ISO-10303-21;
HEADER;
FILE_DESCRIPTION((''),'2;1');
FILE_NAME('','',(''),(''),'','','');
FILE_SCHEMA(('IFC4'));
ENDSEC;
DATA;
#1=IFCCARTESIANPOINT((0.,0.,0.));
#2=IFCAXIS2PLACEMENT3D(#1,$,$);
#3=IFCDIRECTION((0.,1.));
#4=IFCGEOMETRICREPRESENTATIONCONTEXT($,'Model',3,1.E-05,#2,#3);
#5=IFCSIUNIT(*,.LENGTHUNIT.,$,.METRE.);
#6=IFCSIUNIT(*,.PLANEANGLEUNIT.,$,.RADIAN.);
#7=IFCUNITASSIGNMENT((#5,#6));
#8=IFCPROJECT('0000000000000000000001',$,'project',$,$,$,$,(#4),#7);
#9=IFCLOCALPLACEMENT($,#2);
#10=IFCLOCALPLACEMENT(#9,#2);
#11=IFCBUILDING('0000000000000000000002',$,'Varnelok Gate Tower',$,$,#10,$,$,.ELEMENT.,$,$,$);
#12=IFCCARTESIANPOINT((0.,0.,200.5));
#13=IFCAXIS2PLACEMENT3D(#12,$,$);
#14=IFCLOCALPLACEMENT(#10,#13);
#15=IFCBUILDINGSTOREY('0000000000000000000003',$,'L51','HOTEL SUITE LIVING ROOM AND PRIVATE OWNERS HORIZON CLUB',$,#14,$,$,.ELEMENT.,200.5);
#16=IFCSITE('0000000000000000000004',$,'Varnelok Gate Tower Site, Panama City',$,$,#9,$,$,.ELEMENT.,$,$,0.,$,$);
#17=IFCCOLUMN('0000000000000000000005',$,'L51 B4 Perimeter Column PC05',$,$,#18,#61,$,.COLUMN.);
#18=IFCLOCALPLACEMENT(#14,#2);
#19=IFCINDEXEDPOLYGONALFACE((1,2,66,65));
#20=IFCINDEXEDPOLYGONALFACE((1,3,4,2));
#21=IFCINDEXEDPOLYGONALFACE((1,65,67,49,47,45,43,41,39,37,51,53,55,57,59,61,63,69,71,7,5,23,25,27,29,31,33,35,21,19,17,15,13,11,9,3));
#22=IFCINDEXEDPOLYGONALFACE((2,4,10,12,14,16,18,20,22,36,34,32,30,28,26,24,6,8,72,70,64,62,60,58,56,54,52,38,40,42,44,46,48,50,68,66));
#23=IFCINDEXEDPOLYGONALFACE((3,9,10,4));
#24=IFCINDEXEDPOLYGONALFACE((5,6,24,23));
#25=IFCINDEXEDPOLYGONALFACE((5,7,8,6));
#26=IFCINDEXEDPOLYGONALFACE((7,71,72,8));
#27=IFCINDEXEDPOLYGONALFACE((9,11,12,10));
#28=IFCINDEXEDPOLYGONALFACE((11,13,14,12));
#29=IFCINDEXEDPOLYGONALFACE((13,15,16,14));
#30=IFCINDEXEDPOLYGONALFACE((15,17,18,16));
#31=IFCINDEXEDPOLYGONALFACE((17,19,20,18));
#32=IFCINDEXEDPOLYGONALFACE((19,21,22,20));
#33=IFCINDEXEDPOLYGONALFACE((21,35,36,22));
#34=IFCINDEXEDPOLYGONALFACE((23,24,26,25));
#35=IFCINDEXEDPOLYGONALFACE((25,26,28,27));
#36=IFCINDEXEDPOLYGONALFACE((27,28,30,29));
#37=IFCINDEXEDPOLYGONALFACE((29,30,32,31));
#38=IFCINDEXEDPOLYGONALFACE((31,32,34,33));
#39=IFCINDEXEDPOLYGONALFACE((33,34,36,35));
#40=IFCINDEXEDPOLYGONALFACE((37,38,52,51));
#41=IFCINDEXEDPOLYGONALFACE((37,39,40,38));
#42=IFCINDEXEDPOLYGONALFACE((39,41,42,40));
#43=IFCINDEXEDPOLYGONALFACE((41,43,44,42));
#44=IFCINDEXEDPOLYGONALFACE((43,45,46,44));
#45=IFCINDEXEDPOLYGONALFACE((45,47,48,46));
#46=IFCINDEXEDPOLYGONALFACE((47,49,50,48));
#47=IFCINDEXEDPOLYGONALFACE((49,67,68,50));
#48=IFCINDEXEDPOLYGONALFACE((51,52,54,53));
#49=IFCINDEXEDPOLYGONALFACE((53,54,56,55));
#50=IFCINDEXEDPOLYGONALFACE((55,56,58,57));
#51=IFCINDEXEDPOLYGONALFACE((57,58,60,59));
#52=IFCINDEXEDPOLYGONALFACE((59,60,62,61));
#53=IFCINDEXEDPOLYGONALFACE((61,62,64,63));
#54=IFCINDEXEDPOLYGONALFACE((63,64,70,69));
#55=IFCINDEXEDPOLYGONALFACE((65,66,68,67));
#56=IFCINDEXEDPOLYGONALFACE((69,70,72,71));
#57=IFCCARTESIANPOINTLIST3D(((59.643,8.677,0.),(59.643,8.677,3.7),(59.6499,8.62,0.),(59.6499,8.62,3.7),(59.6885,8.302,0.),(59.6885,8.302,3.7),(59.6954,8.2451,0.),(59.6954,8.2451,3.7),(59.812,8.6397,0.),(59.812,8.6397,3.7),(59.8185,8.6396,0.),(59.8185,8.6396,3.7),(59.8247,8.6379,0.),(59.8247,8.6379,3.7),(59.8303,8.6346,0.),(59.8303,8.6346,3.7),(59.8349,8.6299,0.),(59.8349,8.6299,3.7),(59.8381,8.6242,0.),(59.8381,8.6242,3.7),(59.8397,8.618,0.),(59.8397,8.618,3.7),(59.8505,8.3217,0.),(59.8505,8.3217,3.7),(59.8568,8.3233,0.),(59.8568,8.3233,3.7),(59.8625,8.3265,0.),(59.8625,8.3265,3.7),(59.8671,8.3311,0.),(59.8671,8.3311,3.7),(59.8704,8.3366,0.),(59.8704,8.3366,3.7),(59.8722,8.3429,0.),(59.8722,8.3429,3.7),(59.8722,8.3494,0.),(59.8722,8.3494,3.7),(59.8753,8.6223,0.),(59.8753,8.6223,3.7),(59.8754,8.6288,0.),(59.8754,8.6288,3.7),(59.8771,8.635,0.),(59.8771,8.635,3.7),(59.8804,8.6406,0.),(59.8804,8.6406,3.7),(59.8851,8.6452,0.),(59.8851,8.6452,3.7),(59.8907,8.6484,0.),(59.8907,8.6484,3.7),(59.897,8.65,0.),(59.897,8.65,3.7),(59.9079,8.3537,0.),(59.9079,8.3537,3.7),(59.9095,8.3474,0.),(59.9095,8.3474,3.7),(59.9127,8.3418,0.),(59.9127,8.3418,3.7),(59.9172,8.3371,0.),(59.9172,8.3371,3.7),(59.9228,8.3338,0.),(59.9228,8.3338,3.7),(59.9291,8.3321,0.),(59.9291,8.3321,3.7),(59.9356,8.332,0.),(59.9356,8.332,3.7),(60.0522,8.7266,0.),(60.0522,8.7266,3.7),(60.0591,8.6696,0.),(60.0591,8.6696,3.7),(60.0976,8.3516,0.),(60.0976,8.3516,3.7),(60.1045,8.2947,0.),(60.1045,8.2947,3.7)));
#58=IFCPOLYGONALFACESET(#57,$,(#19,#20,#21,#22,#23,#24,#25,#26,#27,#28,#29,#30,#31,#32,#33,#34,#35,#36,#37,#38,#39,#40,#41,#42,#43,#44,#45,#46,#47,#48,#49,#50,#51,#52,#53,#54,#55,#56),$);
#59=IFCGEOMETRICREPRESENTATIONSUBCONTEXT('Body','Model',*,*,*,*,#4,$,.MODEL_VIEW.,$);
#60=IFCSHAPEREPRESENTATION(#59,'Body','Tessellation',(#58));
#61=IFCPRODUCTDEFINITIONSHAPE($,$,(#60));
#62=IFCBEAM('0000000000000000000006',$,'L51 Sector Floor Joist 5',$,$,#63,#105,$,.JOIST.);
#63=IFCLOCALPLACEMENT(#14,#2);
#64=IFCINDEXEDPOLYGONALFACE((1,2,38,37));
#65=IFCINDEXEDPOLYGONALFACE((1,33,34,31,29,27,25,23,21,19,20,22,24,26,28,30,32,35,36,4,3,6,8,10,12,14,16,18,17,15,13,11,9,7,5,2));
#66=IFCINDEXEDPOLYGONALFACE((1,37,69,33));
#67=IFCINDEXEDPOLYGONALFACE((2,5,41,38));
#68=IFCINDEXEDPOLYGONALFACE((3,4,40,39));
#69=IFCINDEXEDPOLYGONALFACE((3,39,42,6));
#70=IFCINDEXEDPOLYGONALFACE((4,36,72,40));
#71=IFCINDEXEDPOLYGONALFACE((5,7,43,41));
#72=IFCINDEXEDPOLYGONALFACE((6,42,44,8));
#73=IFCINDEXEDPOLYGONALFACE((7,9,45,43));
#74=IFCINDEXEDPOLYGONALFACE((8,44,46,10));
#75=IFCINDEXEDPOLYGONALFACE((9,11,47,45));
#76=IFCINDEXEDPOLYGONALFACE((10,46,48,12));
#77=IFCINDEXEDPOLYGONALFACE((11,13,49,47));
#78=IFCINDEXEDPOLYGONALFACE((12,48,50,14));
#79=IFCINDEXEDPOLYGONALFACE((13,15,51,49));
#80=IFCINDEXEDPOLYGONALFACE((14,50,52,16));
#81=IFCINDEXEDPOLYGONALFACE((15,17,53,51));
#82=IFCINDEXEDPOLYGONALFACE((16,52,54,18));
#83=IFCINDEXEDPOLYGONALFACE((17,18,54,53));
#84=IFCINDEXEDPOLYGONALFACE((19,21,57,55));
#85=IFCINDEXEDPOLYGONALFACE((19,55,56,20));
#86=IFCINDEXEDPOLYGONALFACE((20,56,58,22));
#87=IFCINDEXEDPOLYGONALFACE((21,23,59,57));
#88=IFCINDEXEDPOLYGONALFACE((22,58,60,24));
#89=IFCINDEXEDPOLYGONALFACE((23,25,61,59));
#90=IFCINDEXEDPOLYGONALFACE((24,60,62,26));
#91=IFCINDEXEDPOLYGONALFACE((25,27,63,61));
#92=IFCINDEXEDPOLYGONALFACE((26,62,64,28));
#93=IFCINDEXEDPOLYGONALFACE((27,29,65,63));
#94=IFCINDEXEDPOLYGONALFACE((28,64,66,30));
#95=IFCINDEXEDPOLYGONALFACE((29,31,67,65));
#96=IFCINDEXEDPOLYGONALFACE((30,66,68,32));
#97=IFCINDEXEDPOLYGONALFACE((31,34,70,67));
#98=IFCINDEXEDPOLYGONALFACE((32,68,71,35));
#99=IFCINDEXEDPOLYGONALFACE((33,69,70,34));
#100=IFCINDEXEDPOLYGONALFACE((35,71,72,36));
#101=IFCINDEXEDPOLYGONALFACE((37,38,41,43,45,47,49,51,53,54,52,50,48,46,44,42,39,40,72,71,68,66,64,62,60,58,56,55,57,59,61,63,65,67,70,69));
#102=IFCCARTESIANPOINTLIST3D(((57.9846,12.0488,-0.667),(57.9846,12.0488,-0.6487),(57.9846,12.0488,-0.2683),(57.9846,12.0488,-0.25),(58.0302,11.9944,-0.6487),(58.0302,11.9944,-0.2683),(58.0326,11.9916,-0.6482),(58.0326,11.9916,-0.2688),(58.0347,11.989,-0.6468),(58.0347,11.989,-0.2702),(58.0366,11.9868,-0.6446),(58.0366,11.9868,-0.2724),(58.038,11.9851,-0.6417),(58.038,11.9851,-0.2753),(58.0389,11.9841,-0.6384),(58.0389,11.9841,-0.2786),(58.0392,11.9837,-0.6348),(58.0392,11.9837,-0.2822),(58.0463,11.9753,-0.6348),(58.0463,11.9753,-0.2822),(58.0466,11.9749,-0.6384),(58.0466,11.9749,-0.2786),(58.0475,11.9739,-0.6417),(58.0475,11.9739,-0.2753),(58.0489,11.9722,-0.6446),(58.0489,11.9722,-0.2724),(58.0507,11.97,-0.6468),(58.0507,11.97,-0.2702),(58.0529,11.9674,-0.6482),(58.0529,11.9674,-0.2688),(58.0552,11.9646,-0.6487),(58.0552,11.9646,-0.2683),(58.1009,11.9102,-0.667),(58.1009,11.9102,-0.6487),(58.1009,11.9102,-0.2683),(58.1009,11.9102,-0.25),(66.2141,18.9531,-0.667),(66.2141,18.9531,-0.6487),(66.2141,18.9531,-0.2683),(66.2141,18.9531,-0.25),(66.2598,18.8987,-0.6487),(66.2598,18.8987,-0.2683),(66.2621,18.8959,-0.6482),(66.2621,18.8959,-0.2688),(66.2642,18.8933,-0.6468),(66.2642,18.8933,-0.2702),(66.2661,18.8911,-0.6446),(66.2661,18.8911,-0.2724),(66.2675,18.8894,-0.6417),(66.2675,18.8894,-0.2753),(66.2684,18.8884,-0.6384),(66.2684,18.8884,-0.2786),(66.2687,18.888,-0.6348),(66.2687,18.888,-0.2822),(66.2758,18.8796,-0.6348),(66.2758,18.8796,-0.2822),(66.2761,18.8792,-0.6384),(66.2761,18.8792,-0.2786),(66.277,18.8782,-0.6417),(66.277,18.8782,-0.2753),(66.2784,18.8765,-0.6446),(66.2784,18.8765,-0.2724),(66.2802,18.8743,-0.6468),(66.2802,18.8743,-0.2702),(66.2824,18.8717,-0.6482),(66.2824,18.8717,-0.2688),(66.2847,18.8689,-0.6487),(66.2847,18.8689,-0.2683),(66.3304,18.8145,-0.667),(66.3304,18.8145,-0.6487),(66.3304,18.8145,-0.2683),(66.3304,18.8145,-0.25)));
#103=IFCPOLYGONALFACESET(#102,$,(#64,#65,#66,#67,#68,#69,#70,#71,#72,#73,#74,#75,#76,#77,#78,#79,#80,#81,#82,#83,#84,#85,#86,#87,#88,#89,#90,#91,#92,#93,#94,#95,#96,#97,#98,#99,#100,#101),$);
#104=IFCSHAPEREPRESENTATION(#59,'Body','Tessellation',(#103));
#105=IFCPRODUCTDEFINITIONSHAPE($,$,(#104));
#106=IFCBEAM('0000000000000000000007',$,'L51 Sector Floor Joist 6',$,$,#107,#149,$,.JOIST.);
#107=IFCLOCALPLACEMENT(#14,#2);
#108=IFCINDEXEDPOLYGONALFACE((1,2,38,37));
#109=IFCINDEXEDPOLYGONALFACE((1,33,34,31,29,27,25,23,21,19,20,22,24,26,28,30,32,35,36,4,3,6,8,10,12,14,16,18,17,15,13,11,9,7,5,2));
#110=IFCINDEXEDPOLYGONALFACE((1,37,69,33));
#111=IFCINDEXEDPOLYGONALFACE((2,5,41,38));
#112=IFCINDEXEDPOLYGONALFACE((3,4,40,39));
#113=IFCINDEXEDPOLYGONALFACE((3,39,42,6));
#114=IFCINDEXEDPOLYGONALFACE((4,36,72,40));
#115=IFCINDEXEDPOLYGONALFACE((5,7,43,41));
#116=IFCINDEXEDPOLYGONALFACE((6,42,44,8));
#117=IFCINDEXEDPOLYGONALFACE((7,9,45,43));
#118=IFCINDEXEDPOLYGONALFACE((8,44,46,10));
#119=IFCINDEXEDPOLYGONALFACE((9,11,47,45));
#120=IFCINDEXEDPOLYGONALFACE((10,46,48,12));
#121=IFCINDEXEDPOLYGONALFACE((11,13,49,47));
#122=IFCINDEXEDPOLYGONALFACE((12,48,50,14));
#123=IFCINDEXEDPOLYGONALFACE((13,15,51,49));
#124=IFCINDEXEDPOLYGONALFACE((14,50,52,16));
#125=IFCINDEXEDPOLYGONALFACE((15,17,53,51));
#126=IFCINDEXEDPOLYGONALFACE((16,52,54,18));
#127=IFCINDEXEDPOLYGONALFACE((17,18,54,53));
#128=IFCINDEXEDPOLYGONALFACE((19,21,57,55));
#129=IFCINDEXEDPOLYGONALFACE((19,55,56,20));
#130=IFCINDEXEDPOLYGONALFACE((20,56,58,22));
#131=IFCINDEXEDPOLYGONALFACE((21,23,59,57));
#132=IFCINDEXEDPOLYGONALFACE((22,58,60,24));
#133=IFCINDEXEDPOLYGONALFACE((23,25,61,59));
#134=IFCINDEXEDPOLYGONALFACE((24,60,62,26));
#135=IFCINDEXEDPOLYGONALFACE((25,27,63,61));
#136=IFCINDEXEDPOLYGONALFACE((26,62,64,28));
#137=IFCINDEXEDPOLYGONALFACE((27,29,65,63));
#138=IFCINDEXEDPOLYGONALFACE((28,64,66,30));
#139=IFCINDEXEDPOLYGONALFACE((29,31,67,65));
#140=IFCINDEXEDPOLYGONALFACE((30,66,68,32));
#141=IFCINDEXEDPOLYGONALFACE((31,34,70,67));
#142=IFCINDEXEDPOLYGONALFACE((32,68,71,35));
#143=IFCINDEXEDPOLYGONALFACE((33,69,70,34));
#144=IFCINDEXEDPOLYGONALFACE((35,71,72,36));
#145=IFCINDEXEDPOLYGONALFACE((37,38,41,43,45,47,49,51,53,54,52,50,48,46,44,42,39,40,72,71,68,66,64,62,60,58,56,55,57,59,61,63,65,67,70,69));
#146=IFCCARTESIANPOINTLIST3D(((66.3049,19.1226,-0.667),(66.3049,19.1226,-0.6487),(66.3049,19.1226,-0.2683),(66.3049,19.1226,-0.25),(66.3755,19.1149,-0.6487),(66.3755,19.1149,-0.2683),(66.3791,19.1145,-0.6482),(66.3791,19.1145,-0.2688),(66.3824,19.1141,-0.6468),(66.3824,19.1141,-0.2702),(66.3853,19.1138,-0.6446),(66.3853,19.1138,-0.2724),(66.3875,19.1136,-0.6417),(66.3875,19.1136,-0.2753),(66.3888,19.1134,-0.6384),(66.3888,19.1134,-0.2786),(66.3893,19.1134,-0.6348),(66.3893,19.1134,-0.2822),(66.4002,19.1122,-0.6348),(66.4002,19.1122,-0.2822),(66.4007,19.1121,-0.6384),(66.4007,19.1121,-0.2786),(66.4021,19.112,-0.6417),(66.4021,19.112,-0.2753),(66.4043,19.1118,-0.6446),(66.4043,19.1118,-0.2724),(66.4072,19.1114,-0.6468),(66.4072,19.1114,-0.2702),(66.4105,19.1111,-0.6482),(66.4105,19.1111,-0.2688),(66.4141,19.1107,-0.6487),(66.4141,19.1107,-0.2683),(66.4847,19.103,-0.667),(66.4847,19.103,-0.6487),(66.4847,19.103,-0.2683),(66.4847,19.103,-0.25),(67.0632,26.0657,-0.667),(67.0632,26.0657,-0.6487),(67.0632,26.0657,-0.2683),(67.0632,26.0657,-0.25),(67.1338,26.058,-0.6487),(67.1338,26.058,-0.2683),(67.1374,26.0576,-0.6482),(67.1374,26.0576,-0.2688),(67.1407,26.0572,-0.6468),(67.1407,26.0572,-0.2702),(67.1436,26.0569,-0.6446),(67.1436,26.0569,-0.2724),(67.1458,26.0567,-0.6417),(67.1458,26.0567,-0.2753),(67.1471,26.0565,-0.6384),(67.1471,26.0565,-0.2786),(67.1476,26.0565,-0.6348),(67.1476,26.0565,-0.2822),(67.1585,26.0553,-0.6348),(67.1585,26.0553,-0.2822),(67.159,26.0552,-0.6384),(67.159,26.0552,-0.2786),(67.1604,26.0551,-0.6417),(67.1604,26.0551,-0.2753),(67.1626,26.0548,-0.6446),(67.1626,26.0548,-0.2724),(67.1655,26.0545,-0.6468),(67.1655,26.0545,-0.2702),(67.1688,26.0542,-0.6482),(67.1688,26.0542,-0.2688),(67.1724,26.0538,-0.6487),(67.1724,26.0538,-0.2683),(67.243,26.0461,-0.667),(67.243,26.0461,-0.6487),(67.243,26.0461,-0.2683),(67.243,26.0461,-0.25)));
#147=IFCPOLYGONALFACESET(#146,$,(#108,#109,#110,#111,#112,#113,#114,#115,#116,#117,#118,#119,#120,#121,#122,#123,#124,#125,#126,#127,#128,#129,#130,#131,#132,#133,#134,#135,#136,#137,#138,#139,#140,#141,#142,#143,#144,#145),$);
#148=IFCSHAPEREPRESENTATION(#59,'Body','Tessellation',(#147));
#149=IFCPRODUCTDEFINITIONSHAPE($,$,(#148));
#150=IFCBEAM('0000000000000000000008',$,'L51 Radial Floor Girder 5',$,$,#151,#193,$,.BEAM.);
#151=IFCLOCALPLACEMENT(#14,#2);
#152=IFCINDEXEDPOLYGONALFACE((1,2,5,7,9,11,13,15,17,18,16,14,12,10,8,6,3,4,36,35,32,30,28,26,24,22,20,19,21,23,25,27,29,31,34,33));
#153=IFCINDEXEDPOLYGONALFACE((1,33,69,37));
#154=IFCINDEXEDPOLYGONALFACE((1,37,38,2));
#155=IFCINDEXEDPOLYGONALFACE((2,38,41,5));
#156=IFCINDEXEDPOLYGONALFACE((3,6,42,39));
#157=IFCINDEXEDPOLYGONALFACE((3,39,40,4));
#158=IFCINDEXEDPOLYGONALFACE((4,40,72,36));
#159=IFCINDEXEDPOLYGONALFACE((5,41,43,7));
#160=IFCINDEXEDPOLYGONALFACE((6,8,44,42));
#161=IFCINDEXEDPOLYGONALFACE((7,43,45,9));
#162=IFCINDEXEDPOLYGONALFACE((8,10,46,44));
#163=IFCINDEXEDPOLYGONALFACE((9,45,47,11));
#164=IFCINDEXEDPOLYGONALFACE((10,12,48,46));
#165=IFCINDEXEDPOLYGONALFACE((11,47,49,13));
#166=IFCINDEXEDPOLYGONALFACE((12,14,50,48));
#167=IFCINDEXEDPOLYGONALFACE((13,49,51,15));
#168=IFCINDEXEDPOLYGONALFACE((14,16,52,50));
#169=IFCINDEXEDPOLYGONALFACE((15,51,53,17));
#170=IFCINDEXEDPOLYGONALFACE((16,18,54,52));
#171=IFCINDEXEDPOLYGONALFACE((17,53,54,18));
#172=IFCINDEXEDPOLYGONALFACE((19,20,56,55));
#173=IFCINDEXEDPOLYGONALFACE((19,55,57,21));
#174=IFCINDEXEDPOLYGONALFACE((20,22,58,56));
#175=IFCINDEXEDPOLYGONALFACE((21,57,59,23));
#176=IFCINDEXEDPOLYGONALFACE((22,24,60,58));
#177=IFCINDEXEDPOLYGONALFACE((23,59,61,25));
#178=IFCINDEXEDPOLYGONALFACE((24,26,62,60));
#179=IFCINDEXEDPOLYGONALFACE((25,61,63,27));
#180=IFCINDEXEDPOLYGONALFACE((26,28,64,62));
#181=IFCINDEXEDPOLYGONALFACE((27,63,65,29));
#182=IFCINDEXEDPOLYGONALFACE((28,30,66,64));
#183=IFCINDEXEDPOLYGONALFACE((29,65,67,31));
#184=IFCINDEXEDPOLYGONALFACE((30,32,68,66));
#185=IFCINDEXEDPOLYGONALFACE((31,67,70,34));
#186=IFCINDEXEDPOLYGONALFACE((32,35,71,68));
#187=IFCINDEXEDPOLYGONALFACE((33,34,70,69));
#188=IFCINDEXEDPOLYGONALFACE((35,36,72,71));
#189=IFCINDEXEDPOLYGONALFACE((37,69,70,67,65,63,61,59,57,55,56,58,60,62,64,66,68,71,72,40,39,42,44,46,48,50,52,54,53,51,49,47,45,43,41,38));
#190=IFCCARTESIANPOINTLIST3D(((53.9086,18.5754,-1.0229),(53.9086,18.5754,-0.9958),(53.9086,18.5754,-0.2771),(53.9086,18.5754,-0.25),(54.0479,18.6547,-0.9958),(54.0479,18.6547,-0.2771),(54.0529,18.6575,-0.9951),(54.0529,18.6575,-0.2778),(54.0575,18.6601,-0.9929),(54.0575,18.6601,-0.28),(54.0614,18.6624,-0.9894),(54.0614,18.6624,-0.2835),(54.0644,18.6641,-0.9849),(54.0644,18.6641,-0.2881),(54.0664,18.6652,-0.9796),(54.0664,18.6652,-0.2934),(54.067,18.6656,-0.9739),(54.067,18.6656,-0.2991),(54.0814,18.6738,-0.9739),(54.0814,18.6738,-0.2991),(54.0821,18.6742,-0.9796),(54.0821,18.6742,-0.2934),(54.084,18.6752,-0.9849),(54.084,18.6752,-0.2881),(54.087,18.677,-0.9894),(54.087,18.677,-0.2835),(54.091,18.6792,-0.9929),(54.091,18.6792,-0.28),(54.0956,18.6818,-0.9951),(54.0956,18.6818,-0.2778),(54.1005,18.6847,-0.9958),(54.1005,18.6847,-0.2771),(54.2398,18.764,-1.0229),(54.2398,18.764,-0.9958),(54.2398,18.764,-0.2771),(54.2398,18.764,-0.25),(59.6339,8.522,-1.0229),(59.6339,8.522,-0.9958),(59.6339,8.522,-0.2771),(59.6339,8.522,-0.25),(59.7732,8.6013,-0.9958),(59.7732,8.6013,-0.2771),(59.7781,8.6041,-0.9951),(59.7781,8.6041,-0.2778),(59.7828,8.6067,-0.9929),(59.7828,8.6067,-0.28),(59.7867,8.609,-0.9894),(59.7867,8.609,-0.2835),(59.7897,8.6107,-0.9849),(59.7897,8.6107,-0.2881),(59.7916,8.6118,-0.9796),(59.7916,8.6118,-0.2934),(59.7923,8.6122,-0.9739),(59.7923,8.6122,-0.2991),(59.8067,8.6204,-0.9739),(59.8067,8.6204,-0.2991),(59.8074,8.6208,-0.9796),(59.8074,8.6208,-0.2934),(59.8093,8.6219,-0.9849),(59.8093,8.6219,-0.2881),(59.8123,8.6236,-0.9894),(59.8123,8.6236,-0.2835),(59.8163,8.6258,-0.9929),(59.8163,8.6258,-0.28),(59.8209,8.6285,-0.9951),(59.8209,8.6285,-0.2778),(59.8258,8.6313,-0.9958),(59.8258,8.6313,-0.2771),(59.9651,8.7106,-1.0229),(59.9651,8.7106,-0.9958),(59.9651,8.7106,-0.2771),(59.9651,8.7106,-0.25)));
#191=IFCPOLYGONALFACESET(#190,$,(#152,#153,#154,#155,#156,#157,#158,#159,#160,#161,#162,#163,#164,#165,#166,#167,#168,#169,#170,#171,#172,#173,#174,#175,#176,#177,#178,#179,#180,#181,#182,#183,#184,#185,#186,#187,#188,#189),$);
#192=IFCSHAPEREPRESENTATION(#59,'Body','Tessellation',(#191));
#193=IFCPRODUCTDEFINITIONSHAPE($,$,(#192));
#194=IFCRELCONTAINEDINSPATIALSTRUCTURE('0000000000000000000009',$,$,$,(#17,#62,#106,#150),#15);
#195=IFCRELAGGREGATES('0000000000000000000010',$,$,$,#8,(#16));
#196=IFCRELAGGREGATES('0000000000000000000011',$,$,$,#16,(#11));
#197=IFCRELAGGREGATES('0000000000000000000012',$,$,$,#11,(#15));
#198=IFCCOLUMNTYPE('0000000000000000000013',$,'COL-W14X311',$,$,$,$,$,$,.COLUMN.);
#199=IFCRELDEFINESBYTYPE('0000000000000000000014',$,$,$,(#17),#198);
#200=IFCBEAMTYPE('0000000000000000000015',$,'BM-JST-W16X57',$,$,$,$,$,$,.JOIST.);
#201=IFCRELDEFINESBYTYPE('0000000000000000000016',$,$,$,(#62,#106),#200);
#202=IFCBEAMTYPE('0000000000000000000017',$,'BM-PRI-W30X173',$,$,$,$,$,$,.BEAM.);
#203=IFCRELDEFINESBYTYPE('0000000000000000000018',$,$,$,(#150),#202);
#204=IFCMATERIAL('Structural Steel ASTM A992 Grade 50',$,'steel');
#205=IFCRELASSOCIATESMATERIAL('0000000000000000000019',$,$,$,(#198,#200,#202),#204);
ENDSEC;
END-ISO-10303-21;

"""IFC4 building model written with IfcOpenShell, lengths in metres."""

from ifc_helpers import new_model, si_unit, direction, frame, origin, origin_2d, place, context, subcontext, project, spatial, i_section, extrude, material, material_profile, profile_set, type_object, element, save


model = new_model("IFC4")

# Units and contexts
model_context = context("Model", 3, precision=1e-05, world=origin(), true_north=direction((0.0, 1.0)))
body_context = subcontext(model_context, "Body", "Model", "MODEL_VIEW")
ifc_project = project(units=[si_unit("LENGTHUNIT", "METRE"), si_unit("PLANEANGLEUNIT", "RADIAN")], contexts=[model_context])

# Site, building, storey
site_placement = place(None, origin())
site = spatial("IfcSite", under=ifc_project, at=site_placement, Name="Varnelok Gate Tower Site, Panama City", CompositionType="ELEMENT", RefElevation=0.0)
building_placement = place(site_placement, origin())
building = spatial("IfcBuilding", under=site, at=building_placement, Name="Varnelok Gate Tower", CompositionType="ELEMENT")
storey_placement = place(building_placement, frame((0.0, 0.0, 200.5)))
storey = spatial("IfcBuildingStorey", under=building, at=storey_placement, Name="L51", Description="HOTEL SUITE LIVING ROOM AND PRIVATE OWNERS HORIZON CLUB", CompositionType="ELEMENT", Elevation=200.5)

# Column
ifc_material_1 = material(Name="Structural Steel ASTM A992 Grade 50", Category="steel")
ifc_material_profile_1 = material_profile(ifc_material_1, i_section(OverallWidth=0.4121, OverallDepth=0.4351, WebThickness=0.0359, FlangeThickness=0.0574, FilletRadius=0.0249, at=origin_2d()), Name="W14X311")
ifc_profile_set_1 = profile_set([ifc_material_profile_1], Name="Structural Steel ASTM A992 Grade 50")
column_type = type_object("IfcColumnType", Name="COL-W14X311", PredefinedType="COLUMN", material=ifc_profile_set_1)
column_placement = place(storey_placement, frame((59.8738, 8.4858, 0.0), z_axis=(0.0, 0.0, 1.0), x_axis=(0.992732, 0.120345, 0.0)))
element("IfcColumn", 1, at=column_placement, inside=storey, type_object=column_type, Name="L51 B4 Perimeter Column PC05", PredefinedType="COLUMN", context=body_context, shape_type="SweptSolid", body=[
    extrude(i_section(OverallWidth=0.4121, OverallDepth=0.4351, WebThickness=0.0359, FlangeThickness=0.0574, FilletRadius=0.0249, at=origin_2d()), origin(), (0.0, 0.0, 1.0), 3.7),
])

# Beams
ifc_material_profile_2 = material_profile(ifc_material_1, i_section(OverallWidth=0.1809, OverallDepth=0.417, WebThickness=0.011, FlangeThickness=0.0183, FilletRadius=0.0139, at=origin_2d()), Name="W16X57")
ifc_profile_set_2 = profile_set([ifc_material_profile_2], Name="Structural Steel ASTM A992 Grade 50")
beam_type_1 = type_object("IfcBeamType", Name="BM-JST-W16X57", PredefinedType="JOIST", material=ifc_profile_set_2)
beam_1_placement = place(storey_placement, frame((58.0427, 11.9795, -0.4585), z_axis=(0.766093, 0.642729, 0.0), x_axis=(-0.642729, 0.766093, 0.0)))
element("IfcBeam", 2, at=beam_1_placement, inside=storey, type_object=beam_type_1, Name="L51 Sector Floor Joist 5", PredefinedType="JOIST", context=body_context, shape_type="SweptSolid", body=[
    extrude(i_section(OverallWidth=0.1809, OverallDepth=0.417, WebThickness=0.011, FlangeThickness=0.0183, FilletRadius=0.0139, at=origin_2d()), origin(), (0.0, 0.0, 1.0), 10.7422),
])
beam_2_placement = place(storey_placement, frame((66.3948, 19.1128, -0.4585), z_axis=(0.108571, 0.994089, 0.0), x_axis=(-0.994089, 0.108571, 0.0)))
element("IfcBeam", 3, at=beam_2_placement, inside=storey, type_object=beam_type_1, Name="L51 Sector Floor Joist 6", PredefinedType="JOIST", context=body_context, shape_type="SweptSolid", body=[
    extrude(i_section(OverallWidth=0.1809, OverallDepth=0.417, WebThickness=0.011, FlangeThickness=0.0183, FilletRadius=0.0139, at=origin_2d()), origin(), (0.0, 0.0, 1.0), 6.9844),
])
ifc_material_profile_3 = material_profile(ifc_material_1, i_section(OverallWidth=0.3811, OverallDepth=0.7729, WebThickness=0.0166, FlangeThickness=0.0271, FilletRadius=0.022, at=origin_2d()), Name="W30X173")
ifc_profile_set_3 = profile_set([ifc_material_profile_3], Name="Structural Steel ASTM A992 Grade 50")
beam_type_2 = type_object("IfcBeamType", Name="BM-PRI-W30X173", PredefinedType="BEAM", material=ifc_profile_set_3)
beam_3_placement = place(storey_placement, frame((54.0742, 18.6697, -0.6365), z_axis=(0.494868, -0.868968, 0.0), x_axis=(0.868968, 0.494868, 0.0)))
element("IfcBeam", 4, at=beam_3_placement, inside=storey, type_object=beam_type_2, Name="L51 Radial Floor Girder 5", PredefinedType="BEAM", context=body_context, shape_type="SweptSolid", body=[
    extrude(i_section(OverallWidth=0.3811, OverallDepth=0.7729, WebThickness=0.0166, FlangeThickness=0.0271, FilletRadius=0.022, at=origin_2d()), origin(), (0.0, 0.0, 1.0), 11.5693),
])

save(model, "model.ifc")
